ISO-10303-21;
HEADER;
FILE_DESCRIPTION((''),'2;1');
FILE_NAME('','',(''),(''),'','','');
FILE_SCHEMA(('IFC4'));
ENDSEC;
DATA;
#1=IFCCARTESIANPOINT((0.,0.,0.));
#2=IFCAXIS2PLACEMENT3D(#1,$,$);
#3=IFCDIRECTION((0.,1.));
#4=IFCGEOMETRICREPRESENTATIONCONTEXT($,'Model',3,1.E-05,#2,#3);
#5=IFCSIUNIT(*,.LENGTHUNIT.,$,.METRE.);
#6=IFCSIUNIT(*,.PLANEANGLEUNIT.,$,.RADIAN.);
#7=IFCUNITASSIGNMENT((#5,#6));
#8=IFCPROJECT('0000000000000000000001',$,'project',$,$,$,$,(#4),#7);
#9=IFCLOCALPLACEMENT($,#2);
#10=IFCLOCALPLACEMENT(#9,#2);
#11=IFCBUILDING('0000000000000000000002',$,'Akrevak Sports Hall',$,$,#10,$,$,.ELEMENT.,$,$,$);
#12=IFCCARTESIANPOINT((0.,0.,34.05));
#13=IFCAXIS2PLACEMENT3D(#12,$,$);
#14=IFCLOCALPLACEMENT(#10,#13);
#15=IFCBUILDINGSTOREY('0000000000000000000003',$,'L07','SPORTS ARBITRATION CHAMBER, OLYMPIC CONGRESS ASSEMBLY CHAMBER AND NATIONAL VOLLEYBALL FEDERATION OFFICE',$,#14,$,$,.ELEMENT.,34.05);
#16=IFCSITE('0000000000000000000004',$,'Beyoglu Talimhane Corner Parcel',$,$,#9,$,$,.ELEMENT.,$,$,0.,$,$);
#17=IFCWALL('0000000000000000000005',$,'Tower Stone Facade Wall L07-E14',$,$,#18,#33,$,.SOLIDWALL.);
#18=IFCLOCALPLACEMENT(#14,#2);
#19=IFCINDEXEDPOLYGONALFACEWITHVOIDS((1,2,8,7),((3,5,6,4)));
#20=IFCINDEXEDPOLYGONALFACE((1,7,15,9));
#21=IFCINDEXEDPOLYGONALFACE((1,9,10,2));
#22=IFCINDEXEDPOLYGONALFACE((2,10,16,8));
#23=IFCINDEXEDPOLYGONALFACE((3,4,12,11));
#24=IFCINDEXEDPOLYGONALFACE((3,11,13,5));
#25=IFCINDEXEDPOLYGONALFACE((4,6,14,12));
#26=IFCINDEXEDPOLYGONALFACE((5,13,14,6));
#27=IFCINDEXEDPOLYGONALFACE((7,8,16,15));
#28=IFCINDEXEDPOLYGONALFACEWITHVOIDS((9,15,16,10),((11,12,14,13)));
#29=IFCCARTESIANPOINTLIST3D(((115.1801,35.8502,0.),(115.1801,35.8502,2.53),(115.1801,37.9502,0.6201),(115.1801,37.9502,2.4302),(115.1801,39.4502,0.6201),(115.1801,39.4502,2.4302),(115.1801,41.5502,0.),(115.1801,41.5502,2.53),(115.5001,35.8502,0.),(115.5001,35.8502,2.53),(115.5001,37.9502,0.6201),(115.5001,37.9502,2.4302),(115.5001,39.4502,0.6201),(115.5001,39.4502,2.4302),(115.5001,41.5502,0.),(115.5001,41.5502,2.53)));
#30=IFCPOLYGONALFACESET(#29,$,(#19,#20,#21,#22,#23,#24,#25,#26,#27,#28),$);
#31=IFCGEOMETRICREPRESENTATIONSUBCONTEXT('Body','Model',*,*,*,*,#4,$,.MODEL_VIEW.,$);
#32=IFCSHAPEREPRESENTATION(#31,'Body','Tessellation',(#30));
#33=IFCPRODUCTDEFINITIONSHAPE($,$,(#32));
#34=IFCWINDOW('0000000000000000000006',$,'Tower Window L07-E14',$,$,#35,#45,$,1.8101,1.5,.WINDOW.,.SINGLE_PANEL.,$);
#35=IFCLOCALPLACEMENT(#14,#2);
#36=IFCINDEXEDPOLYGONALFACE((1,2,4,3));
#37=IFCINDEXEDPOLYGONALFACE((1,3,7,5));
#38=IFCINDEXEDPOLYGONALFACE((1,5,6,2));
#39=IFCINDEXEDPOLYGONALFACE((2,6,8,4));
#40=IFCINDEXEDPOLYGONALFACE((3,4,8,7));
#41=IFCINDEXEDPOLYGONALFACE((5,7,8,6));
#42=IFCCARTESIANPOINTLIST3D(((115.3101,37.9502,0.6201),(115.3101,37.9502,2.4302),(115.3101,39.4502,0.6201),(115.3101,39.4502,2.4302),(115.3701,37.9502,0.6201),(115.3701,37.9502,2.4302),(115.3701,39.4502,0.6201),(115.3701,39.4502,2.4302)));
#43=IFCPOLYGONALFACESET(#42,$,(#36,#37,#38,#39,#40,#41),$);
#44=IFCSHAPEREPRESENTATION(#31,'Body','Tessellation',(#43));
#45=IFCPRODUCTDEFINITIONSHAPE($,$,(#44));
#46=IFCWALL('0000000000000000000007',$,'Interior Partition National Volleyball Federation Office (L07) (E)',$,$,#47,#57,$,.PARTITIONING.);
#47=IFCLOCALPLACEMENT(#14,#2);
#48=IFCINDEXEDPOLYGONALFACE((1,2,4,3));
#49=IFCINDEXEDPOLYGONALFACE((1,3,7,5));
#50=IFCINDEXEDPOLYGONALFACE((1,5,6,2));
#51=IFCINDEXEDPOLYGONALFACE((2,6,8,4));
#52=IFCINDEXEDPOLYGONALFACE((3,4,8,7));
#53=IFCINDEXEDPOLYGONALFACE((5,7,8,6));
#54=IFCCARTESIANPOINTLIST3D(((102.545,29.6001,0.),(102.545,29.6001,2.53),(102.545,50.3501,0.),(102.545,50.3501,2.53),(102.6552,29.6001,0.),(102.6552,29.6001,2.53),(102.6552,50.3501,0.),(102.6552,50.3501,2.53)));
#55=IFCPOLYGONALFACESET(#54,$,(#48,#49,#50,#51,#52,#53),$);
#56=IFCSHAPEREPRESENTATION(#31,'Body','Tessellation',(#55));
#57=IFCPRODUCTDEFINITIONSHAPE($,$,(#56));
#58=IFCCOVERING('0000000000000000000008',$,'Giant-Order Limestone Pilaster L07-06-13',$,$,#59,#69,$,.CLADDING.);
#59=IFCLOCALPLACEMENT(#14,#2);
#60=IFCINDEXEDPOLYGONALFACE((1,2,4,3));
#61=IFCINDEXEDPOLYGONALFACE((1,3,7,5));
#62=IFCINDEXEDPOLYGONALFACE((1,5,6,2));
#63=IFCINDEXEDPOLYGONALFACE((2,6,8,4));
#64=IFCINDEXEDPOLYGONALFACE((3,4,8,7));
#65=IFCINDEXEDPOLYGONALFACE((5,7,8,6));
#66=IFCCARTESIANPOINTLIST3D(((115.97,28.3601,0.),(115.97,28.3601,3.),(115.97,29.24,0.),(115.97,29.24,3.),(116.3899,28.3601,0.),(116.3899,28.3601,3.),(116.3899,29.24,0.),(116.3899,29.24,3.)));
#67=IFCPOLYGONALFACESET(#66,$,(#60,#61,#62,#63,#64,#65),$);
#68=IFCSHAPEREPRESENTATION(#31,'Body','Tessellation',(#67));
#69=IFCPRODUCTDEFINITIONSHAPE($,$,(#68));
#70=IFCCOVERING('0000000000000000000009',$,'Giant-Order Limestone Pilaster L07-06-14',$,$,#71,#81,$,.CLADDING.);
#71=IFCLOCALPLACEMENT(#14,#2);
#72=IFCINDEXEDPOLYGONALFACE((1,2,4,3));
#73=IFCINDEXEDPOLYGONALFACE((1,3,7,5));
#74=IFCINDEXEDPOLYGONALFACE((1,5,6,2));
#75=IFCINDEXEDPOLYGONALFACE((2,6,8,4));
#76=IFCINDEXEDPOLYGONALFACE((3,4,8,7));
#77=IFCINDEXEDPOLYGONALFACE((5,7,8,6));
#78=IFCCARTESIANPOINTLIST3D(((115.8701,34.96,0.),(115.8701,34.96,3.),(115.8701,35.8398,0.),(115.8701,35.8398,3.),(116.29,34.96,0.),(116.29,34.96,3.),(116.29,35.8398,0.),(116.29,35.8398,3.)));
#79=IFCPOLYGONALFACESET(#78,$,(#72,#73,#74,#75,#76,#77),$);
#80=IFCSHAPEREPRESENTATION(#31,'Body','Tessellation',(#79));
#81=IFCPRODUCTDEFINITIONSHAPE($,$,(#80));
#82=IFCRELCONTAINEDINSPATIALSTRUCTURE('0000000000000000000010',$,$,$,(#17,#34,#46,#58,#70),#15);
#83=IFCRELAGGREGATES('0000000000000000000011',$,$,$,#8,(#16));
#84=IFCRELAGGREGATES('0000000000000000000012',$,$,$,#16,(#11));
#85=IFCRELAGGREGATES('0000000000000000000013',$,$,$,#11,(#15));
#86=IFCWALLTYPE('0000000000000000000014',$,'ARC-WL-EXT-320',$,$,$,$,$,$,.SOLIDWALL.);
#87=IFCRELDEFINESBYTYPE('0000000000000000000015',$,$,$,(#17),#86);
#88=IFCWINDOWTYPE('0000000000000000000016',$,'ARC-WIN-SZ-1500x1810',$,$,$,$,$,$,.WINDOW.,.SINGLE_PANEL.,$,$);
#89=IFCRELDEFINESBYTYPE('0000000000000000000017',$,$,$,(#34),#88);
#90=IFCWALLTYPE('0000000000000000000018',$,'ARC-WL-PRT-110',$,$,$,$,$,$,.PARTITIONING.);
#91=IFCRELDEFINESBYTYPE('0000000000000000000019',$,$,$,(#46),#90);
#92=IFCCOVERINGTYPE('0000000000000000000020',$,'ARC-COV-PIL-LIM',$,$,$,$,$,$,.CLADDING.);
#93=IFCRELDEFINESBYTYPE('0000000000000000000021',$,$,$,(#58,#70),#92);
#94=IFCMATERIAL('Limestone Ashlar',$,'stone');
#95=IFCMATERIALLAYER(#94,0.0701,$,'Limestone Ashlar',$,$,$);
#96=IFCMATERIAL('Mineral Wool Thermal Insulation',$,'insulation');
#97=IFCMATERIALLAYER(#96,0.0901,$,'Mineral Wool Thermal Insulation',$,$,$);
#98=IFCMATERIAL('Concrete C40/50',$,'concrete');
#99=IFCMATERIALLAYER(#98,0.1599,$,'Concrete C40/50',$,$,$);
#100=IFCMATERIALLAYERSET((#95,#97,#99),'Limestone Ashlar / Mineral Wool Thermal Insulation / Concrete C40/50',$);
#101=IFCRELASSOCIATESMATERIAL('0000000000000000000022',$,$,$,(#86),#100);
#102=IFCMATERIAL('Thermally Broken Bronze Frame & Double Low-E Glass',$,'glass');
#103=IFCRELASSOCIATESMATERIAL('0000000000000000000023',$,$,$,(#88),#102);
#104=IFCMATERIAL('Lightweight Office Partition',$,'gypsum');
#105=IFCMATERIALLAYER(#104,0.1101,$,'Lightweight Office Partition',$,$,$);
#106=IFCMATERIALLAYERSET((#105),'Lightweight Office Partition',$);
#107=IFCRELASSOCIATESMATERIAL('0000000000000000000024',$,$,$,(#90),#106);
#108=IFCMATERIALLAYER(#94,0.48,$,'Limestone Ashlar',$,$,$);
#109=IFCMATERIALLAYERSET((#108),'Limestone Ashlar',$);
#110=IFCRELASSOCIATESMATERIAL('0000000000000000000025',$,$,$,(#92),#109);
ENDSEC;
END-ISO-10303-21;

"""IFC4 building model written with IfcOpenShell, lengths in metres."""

from ifc_helpers import new_model, si_unit, direction, frame, frame_2d, origin, origin_2d, place, context, subcontext, project, spatial, rectangle, extrude, material, layer, layer_set, type_object, element, fill, save


model = new_model("IFC4")

# Units and contexts
model_context = context("Model", 3, precision=1e-05, world=origin(), true_north=direction((0.0, 1.0)))
body_context = subcontext(model_context, "Body", "Model", "MODEL_VIEW")
ifc_project = project(units=[si_unit("LENGTHUNIT", "METRE"), si_unit("PLANEANGLEUNIT", "RADIAN")], contexts=[model_context])

# Site, building, storey
site_placement = place(None, origin())
site = spatial("IfcSite", under=ifc_project, at=site_placement, Name="Beyoglu Talimhane Corner Parcel", CompositionType="ELEMENT", RefElevation=0.0)
building_placement = place(site_placement, origin())
building = spatial("IfcBuilding", under=site, at=building_placement, Name="Akrevak Sports Hall", CompositionType="ELEMENT")
storey_placement = place(building_placement, frame((0.0, 0.0, 34.05)))
storey = spatial("IfcBuildingStorey", under=building, at=storey_placement, Name="L07", Description="SPORTS ARBITRATION CHAMBER, OLYMPIC CONGRESS ASSEMBLY CHAMBER AND NATIONAL VOLLEYBALL FEDERATION OFFICE", CompositionType="ELEMENT", Elevation=34.05)

# Shared definitions
ifc_material_1 = material(Name="Concrete C40/50", Category="concrete")

# Wall, opening, window
ifc_material_2 = material(Name="Limestone Ashlar", Category="stone")
ifc_layer_1 = layer(ifc_material_2, 0.0701, Name="Limestone Ashlar")
ifc_material_3 = material(Name="Mineral Wool Thermal Insulation", Category="insulation")
ifc_layer_2 = layer(ifc_material_3, 0.0901, Name="Mineral Wool Thermal Insulation")
ifc_layer_3 = layer(ifc_material_1, 0.1599, Name="Concrete C40/50")
ifc_layer_set_1 = layer_set([ifc_layer_1, ifc_layer_2, ifc_layer_3], Name="Limestone Ashlar / Mineral Wool Thermal Insulation / Concrete C40/50")
wall_type_1 = type_object("IfcWallType", Name="ARC-WL-EXT-320", PredefinedType="SOLIDWALL", material=ifc_layer_set_1)
ifc_material_4 = material(Name="Thermally Broken Bronze Frame & Double Low-E Glass", Category="glass")
wall_1_placement = place(storey_placement, frame((115.3401, 35.8501, 0.0), z_axis=(0.0, 0.0, 1.0), x_axis=(0.0, 1.0, 0.0)))
wall_1 = element("IfcWall", 1, at=wall_1_placement, inside=storey, type_object=wall_type_1, Name="Tower Stone Facade Wall L07-E14", PredefinedType="SOLIDWALL", context=body_context, shape_type="SweptSolid", body=[
    extrude(rectangle(XDim=5.7, YDim=0.3201, at=frame_2d((2.8501, 0.0))), origin(), (0.0, 0.0, 1.0), 2.53),
])
opening_1_placement = place(wall_1_placement, frame((2.1001, 0.0, 0.6201)))
opening_1 = element("IfcOpeningElement", 2, at=opening_1_placement, cuts=wall_1, PredefinedType="OPENING", context=body_context, shape_type="SweptSolid", body=[
    extrude(rectangle(XDim=1.5, YDim=1.8101, at=frame_2d((0.75, 0.905))), frame((0.0, 0.1719, 0.0), z_axis=(0.0, -1.0, 0.0), x_axis=(1.0, 0.0, 0.0)), (0.0, 0.0, 1.0), 0.344),
])
window_type_1 = type_object("IfcWindowType", Name="ARC-WIN-SZ-1500x1810", PartitioningType="SINGLE_PANEL", PredefinedType="WINDOW", material=ifc_material_4)
window_1_placement = place(opening_1_placement, origin())
window_1 = element("IfcWindow", 3, at=window_1_placement, inside=storey, type_object=window_type_1, Name="Tower Window L07-E14", OverallHeight=1.8101, OverallWidth=1.5, PartitioningType="SINGLE_PANEL", PredefinedType="WINDOW", context=body_context, shape_type="SweptSolid", body=[
    extrude(rectangle(XDim=1.5, YDim=1.8101, at=frame_2d((0.75, 0.905))), frame((0.0, 0.03, 0.0), z_axis=(0.0, -1.0, 0.0), x_axis=(1.0, 0.0, 0.0)), (0.0, 0.0, 1.0), 0.0601),
])
fill(opening_1, window_1)

# Wall
ifc_material_5 = material(Name="Lightweight Office Partition", Category="gypsum")
ifc_layer_4 = layer(ifc_material_5, 0.1101, Name="Lightweight Office Partition")
ifc_layer_set_2 = layer_set([ifc_layer_4], Name="Lightweight Office Partition")
wall_type_2 = type_object("IfcWallType", Name="ARC-WL-PRT-110", PredefinedType="PARTITIONING", material=ifc_layer_set_2)
wall_2_placement = place(storey_placement, frame((102.6001, 29.6001, 0.0), z_axis=(0.0, 0.0, 1.0), x_axis=(0.0, 1.0, 0.0)))
element("IfcWall", 4, at=wall_2_placement, inside=storey, type_object=wall_type_2, Name="Interior Partition National Volleyball Federation Office (L07) (E)", PredefinedType="PARTITIONING", context=body_context, shape_type="SweptSolid", body=[
    extrude(rectangle(XDim=20.75, YDim=0.1101, at=frame_2d((10.375, 0.0))), origin(), (0.0, 0.0, 1.0), 2.53),
])

# Coverings
ifc_layer_5 = layer(ifc_material_2, 0.48, Name="Limestone Ashlar")
ifc_layer_set_3 = layer_set([ifc_layer_5], Name="Limestone Ashlar")
covering_type = type_object("IfcCoveringType", Name="ARC-COV-PIL-LIM", PredefinedType="CLADDING", material=ifc_layer_set_3)
for number, where, z_axis, x_axis, name in (
    (5, (116.1799, 28.8, 0.0), (0.0, 0.0, 1.0), (0.0, 1.0, 0.0), "Giant-Order Limestone Pilaster L07-06-13"),
    (6, (116.0801, 35.3999, 0.0), (0.0, 0.0, 1.0), (0.0, 1.0, 0.0), "Giant-Order Limestone Pilaster L07-06-14"),
):
    element("IfcCovering", number, at=place(storey_placement, frame(where, z_axis=z_axis, x_axis=x_axis)), inside=storey, type_object=covering_type, Name=name, PredefinedType="CLADDING", context=body_context, shape_type="SweptSolid", body=[
        extrude(rectangle(XDim=0.8799, YDim=0.4199, at=origin_2d()), origin(), (0.0, 0.0, 1.0), 3.0),
    ])

save(model, "model.ifc")
